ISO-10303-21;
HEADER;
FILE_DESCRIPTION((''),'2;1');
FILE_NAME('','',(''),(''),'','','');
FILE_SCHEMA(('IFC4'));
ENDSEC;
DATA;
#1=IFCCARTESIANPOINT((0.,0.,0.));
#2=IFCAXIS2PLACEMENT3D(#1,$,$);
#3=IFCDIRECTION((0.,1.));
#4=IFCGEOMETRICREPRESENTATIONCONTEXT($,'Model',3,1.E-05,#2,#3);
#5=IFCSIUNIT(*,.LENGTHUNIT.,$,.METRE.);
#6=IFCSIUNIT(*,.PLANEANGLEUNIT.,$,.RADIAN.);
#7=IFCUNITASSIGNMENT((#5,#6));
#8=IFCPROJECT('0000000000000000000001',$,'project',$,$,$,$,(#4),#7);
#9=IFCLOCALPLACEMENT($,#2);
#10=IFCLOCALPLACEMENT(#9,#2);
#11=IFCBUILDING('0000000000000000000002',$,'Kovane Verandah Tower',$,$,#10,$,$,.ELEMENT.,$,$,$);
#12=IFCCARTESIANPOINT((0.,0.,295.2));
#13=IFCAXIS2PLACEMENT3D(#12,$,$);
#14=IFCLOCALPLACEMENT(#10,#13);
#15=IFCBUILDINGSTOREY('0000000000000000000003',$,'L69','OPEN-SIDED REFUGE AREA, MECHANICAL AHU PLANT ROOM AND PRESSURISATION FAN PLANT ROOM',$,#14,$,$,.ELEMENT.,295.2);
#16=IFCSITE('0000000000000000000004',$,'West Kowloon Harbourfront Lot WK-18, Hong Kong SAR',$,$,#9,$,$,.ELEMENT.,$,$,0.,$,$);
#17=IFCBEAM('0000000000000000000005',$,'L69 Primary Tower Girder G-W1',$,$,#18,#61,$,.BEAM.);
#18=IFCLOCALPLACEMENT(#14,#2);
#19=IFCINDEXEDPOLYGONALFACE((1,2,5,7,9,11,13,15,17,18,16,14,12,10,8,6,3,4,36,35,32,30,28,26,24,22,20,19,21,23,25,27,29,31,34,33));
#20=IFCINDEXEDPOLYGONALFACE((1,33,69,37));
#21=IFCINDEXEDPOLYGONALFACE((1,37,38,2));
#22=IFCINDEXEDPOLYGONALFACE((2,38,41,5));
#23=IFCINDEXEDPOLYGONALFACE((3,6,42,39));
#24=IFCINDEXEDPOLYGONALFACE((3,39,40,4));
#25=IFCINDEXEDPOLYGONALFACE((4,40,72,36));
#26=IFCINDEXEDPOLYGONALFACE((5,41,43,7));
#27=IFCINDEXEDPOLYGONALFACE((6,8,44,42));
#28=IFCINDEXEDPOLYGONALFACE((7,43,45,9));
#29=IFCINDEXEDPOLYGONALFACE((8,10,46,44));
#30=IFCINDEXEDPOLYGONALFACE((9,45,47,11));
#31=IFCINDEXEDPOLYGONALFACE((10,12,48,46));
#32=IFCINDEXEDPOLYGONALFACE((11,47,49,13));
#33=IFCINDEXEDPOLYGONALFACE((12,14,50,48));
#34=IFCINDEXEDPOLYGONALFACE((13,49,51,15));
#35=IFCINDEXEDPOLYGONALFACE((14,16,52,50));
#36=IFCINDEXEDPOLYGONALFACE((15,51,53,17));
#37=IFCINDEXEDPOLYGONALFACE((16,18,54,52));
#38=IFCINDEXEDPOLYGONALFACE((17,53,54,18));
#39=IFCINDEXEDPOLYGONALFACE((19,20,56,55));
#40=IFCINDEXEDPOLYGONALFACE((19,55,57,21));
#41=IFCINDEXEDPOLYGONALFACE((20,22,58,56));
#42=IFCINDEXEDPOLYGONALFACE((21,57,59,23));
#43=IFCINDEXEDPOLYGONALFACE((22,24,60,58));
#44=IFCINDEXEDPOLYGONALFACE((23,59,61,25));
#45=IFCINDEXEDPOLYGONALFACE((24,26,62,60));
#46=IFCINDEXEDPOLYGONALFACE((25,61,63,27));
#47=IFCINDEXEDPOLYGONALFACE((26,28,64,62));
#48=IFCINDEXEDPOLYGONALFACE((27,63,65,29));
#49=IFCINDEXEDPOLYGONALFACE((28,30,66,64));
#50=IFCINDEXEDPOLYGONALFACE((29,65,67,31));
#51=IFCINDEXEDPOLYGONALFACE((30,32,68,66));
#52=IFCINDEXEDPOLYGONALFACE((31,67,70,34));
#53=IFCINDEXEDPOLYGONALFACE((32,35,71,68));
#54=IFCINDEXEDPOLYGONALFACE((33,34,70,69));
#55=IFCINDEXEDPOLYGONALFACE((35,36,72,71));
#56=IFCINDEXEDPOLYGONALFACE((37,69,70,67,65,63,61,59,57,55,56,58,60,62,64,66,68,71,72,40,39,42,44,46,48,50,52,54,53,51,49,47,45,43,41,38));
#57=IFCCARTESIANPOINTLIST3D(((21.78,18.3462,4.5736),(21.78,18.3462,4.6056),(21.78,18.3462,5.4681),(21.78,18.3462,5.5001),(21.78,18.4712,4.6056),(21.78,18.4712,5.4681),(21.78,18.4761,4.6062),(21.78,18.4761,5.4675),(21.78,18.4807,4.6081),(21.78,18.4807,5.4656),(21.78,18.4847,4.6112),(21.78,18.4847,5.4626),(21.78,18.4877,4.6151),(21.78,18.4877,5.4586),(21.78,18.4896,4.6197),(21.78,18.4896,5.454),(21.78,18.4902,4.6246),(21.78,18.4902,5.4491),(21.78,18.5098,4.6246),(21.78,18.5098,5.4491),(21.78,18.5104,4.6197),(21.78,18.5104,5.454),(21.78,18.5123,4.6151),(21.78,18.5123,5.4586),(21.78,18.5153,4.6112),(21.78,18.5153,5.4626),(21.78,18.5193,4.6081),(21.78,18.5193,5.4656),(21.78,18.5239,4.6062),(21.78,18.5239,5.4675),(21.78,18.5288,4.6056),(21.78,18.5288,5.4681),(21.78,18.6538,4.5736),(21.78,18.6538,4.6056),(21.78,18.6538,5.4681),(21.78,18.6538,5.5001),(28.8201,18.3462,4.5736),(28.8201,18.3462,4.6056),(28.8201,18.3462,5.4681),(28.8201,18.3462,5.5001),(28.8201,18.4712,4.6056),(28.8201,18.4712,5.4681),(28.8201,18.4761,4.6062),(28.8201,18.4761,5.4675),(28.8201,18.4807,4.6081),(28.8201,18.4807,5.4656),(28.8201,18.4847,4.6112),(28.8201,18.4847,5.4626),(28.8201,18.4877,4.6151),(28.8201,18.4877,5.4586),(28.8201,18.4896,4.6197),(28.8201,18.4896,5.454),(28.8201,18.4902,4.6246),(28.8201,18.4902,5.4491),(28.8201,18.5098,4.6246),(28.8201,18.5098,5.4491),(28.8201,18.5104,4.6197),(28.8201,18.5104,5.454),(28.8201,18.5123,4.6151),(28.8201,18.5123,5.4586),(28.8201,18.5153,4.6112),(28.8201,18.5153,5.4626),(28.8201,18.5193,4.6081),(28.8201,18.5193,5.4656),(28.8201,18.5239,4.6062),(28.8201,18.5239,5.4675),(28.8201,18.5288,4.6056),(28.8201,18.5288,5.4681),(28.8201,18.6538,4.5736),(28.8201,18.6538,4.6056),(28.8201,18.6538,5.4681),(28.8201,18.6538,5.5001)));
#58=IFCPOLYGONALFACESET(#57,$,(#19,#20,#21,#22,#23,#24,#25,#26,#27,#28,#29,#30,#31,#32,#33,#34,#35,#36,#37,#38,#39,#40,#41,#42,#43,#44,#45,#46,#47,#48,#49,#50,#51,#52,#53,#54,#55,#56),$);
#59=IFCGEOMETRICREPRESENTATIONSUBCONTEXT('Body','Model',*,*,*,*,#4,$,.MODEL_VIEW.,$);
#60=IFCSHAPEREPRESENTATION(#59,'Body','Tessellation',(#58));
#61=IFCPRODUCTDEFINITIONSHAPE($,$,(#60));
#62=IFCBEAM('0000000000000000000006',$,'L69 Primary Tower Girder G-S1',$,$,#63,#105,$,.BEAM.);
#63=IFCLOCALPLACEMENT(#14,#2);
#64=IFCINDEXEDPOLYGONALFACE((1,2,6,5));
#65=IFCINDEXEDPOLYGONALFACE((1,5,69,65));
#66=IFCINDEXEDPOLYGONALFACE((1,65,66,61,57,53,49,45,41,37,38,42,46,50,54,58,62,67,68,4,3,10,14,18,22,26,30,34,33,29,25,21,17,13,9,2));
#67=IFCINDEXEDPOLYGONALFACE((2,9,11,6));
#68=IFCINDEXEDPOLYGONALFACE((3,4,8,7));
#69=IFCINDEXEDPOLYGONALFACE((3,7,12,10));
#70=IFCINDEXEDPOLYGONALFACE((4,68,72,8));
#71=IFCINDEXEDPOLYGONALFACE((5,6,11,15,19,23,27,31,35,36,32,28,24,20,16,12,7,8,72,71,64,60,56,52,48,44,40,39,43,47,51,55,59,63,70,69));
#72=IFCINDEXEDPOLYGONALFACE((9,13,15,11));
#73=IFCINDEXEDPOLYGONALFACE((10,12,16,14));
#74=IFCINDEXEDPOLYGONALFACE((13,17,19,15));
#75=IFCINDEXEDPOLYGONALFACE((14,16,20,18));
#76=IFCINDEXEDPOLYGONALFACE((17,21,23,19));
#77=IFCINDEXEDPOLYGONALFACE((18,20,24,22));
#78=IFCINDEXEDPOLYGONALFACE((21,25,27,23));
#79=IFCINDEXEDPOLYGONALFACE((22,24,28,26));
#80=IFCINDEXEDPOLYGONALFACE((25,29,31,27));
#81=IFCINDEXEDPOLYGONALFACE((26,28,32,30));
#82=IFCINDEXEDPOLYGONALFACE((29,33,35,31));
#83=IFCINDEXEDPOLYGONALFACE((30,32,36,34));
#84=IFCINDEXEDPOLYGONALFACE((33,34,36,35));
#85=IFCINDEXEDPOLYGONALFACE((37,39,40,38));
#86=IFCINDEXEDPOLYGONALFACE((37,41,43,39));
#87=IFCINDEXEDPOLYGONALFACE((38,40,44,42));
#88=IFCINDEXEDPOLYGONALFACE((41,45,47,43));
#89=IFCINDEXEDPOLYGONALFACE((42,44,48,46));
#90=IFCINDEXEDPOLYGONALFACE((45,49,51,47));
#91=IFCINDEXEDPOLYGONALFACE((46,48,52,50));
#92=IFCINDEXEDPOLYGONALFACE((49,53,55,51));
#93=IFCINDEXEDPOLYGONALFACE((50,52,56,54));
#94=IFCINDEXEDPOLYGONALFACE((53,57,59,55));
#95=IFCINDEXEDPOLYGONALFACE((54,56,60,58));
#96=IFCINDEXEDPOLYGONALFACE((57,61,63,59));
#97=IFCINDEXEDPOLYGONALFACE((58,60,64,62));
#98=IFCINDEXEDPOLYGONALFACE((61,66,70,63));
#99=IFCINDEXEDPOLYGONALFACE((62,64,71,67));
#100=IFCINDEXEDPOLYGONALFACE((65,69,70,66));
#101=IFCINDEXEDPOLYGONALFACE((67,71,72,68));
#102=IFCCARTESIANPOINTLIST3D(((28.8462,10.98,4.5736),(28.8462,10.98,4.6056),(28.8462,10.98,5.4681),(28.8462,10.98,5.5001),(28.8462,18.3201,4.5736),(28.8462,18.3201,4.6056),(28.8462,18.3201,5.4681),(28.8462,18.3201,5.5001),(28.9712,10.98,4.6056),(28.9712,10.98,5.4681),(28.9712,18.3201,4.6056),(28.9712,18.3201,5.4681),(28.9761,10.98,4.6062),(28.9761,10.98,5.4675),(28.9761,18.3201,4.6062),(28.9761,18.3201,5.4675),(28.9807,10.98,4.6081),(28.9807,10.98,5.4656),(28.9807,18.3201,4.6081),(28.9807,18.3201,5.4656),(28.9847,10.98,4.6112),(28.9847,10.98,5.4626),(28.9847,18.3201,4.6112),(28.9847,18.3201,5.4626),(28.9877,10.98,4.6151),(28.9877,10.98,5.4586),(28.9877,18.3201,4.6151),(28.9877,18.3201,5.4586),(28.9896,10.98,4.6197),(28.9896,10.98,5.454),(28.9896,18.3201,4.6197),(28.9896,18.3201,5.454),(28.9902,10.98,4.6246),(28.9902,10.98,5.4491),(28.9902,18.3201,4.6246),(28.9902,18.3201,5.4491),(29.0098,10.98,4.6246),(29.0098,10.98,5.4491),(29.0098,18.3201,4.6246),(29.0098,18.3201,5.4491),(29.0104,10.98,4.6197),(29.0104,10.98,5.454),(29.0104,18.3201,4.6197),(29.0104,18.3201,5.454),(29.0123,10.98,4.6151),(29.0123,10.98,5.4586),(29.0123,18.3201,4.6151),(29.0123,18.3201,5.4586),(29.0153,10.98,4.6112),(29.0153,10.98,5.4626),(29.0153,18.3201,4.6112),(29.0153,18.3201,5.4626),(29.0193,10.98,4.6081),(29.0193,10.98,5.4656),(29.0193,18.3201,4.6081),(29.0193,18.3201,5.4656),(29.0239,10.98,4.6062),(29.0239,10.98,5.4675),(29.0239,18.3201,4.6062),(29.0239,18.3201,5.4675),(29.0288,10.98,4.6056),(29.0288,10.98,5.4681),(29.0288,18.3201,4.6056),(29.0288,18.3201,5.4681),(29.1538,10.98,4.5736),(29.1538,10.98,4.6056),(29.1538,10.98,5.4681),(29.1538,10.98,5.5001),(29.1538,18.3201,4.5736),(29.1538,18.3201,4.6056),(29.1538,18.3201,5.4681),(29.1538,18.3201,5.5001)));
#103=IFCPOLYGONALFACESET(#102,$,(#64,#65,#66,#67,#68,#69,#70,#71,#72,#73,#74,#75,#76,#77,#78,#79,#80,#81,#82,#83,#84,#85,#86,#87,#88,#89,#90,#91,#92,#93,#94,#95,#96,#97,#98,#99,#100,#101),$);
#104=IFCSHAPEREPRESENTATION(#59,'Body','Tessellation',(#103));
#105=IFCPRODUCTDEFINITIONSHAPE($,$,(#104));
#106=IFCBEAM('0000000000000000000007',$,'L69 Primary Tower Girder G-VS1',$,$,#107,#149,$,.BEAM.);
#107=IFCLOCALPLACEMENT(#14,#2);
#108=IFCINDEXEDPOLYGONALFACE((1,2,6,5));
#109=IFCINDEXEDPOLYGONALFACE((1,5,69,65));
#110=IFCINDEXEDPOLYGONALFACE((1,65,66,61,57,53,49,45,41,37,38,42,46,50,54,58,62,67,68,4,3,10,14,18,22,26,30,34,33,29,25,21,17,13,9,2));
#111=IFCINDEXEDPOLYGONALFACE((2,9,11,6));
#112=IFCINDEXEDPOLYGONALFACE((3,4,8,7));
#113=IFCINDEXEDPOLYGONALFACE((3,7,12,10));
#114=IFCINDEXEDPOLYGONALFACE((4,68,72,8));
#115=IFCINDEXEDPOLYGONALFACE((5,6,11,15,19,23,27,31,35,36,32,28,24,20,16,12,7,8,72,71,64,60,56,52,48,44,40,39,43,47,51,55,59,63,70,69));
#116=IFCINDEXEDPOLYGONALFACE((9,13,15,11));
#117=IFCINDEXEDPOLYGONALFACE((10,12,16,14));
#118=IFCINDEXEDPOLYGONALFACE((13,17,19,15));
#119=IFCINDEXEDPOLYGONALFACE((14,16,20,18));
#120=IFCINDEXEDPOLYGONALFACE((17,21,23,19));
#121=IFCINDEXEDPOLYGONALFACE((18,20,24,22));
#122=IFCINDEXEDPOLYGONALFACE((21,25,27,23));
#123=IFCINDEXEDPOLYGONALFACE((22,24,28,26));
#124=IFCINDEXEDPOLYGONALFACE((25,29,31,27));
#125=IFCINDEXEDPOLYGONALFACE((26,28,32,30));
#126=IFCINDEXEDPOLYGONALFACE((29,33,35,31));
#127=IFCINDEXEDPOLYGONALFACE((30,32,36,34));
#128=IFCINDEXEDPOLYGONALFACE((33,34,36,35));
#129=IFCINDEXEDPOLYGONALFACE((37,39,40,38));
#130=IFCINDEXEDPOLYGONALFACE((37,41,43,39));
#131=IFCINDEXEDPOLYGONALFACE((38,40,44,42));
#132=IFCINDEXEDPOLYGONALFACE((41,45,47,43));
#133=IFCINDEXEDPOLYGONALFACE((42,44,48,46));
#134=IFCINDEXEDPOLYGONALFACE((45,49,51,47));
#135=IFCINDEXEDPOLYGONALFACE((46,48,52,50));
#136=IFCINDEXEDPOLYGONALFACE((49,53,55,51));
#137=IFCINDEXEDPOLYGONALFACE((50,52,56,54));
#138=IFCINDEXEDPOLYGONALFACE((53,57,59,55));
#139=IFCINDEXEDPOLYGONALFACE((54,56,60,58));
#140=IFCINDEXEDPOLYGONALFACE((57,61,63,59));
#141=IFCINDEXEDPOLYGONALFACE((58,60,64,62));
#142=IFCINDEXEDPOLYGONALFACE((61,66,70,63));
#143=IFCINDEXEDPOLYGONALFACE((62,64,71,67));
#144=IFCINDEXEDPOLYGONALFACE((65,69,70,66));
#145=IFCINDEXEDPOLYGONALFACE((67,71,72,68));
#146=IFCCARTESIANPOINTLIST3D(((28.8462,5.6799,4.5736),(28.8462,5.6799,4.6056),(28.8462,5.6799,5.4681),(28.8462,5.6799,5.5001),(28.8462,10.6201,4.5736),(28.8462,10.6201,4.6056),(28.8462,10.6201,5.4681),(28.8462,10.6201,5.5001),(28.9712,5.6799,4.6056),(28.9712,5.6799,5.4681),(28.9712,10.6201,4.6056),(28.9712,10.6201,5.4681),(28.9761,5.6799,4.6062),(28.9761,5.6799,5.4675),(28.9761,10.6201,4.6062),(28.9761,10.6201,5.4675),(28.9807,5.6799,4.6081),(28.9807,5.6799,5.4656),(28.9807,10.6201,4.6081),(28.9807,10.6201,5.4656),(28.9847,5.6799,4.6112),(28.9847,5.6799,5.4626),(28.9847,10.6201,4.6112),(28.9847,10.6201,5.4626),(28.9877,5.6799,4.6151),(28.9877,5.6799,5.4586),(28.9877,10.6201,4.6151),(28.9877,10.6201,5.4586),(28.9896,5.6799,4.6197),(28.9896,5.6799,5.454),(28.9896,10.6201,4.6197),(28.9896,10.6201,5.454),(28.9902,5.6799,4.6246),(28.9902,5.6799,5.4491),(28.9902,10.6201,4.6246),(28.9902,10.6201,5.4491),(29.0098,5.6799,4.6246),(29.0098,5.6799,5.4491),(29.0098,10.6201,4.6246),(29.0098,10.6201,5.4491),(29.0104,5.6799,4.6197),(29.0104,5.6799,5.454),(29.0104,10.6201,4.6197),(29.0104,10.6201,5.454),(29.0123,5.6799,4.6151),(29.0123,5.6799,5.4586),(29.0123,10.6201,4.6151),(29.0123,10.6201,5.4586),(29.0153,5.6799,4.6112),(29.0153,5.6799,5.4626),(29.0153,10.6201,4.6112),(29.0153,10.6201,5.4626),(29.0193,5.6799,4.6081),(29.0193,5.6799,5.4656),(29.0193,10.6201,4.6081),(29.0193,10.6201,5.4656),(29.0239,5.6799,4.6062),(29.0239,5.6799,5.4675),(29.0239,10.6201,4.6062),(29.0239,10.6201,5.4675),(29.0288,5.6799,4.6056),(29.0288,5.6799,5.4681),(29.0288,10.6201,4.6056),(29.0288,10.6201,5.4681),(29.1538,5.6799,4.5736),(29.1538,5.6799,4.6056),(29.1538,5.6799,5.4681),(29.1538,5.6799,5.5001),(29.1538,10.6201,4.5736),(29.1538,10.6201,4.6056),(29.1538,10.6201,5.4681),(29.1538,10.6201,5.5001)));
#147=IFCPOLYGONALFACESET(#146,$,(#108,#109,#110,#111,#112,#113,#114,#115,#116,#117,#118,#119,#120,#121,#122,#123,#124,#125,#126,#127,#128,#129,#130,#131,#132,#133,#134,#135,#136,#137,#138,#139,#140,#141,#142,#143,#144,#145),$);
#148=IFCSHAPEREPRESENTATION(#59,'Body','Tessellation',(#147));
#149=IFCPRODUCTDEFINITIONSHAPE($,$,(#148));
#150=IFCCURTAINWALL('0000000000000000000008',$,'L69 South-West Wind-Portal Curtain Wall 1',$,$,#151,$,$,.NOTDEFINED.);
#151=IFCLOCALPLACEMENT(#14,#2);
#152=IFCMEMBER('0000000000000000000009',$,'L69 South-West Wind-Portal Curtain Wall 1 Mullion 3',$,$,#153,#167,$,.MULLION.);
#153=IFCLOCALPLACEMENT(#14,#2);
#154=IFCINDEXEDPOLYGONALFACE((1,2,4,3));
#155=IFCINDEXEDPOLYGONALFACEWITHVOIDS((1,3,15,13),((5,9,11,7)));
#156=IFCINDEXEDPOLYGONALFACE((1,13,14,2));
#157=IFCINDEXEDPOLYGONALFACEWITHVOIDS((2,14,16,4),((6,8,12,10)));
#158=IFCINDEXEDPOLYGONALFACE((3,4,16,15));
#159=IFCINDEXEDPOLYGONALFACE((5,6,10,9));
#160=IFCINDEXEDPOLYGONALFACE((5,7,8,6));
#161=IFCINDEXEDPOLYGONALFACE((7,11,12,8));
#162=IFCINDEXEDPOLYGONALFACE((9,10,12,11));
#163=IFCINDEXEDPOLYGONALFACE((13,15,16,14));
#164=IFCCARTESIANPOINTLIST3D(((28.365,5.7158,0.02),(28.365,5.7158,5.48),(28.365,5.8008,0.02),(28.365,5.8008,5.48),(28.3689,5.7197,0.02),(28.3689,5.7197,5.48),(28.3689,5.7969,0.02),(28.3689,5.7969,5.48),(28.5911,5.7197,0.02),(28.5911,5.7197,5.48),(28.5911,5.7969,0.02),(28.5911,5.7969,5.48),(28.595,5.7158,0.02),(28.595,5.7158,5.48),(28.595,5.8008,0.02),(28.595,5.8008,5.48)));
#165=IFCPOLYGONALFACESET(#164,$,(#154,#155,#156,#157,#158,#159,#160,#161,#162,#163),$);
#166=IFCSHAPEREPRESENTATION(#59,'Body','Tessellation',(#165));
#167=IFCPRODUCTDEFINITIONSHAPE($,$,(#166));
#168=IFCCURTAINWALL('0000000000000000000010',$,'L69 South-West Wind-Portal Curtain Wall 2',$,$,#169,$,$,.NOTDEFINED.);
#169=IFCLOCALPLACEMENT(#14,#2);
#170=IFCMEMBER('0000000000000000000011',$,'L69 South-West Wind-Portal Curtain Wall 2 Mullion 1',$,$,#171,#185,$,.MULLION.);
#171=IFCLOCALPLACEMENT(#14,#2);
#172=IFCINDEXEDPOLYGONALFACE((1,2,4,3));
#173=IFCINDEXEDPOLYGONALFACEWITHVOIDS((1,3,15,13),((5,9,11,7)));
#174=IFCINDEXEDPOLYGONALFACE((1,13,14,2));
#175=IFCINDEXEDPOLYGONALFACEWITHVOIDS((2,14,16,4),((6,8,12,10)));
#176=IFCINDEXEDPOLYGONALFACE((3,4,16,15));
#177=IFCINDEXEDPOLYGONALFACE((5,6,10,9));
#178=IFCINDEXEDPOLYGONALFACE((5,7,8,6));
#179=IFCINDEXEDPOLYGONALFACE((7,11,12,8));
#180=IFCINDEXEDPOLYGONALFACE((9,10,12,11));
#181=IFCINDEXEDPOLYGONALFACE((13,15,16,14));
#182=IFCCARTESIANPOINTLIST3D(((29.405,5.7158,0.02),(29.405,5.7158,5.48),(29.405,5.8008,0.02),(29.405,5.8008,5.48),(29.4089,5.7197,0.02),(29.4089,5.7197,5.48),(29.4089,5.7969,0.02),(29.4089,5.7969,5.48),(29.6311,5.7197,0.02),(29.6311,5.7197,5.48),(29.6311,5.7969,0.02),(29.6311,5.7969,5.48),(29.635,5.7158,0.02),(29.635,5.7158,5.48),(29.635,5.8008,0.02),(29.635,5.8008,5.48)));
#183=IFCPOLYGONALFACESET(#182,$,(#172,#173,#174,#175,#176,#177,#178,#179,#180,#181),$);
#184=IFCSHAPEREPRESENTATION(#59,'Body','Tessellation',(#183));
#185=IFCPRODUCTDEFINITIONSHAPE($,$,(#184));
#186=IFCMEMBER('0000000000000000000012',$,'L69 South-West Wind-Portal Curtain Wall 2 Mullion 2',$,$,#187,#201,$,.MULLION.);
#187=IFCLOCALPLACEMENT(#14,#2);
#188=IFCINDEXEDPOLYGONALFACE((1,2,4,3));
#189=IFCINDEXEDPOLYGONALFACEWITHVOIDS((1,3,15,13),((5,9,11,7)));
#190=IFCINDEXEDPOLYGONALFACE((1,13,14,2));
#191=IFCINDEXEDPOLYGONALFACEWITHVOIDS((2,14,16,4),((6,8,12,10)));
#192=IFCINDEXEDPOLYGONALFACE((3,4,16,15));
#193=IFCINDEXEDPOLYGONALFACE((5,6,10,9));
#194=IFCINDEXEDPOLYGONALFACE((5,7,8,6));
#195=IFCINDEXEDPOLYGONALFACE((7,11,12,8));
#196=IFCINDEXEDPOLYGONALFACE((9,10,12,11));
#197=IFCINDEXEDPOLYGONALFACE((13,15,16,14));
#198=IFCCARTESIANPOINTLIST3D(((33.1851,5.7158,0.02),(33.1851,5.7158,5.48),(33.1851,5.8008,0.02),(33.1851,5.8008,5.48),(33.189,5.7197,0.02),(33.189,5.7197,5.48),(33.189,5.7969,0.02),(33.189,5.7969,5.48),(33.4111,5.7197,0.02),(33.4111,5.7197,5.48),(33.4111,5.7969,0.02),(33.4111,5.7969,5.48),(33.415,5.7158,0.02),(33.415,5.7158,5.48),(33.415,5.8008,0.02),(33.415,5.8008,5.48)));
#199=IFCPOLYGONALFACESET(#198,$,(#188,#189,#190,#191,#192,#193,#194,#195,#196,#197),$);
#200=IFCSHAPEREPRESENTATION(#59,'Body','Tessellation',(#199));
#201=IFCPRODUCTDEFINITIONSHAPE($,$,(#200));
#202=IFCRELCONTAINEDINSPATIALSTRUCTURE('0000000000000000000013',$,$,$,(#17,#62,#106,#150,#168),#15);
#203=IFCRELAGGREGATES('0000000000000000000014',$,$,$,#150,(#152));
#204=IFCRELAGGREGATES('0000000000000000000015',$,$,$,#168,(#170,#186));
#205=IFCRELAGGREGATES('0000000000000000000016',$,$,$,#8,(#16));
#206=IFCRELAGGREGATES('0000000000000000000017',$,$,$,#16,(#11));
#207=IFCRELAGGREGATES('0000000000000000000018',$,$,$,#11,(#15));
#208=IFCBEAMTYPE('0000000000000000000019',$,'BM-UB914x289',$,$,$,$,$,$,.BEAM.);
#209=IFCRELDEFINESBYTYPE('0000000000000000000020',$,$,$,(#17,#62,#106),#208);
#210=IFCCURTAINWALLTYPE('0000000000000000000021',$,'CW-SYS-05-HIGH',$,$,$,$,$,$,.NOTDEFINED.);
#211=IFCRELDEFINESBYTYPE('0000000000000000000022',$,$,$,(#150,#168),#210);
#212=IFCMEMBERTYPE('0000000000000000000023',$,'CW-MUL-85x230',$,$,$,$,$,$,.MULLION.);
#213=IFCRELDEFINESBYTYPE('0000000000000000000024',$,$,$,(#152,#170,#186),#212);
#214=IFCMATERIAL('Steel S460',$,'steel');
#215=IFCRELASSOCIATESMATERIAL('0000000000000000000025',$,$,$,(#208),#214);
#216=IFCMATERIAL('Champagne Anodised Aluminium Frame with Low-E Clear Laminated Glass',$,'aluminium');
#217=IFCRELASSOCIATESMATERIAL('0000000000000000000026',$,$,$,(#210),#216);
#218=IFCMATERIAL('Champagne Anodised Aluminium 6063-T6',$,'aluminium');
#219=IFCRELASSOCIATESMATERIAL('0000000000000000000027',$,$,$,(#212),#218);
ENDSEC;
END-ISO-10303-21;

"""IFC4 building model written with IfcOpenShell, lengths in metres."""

from ifc_helpers import new_model, si_unit, direction, frame, origin, origin_2d, place, context, subcontext, project, spatial, hollow_rectangle, i_section, extrude, material, material_profile, profile_set, type_object, element, aggregate, save


model = new_model("IFC4")

# Units and contexts
model_context = context("Model", 3, precision=1e-05, world=origin(), true_north=direction((0.0, 1.0)))
body_context = subcontext(model_context, "Body", "Model", "MODEL_VIEW")
ifc_project = project(units=[si_unit("LENGTHUNIT", "METRE"), si_unit("PLANEANGLEUNIT", "RADIAN")], contexts=[model_context])

# Site, building, storey
site_placement = place(None, origin())
site = spatial("IfcSite", under=ifc_project, at=site_placement, Name="West Kowloon Harbourfront Lot WK-18, Hong Kong SAR", CompositionType="ELEMENT", RefElevation=0.0)
building_placement = place(site_placement, origin())
building = spatial("IfcBuilding", under=site, at=building_placement, Name="Kovane Verandah Tower", CompositionType="ELEMENT")
storey_placement = place(building_placement, frame((0.0, 0.0, 295.2)))
storey = spatial("IfcBuildingStorey", under=building, at=storey_placement, Name="L69", Description="OPEN-SIDED REFUGE AREA, MECHANICAL AHU PLANT ROOM AND PRESSURISATION FAN PLANT ROOM", CompositionType="ELEMENT", Elevation=295.2)

# Shared definitions
ifc_material_1 = material(Name="Steel S460", Category="steel")

# Beams
ifc_material_profile_1 = material_profile(ifc_material_1, i_section(OverallWidth=0.3076, OverallDepth=0.9265, WebThickness=0.0195, FlangeThickness=0.032, FilletRadius=0.019, at=origin_2d()), Name="UB914x305x289")
ifc_profile_set_1 = profile_set([ifc_material_profile_1], Name="Steel S460")
beam_type_1 = type_object("IfcBeamType", Name="BM-UB914x289", PredefinedType="BEAM", material=ifc_profile_set_1)
beam_1_placement = place(storey_placement, frame((28.8201, 18.5, 5.0369), z_axis=(-1.0, 0.0, 0.0), x_axis=(0.0, -1.0, 0.0)))
element("IfcBeam", 1, at=beam_1_placement, inside=storey, type_object=beam_type_1, Name="L69 Primary Tower Girder G-W1", PredefinedType="BEAM", context=body_context, shape_type="SweptSolid", body=[
    extrude(i_section(OverallWidth=0.3076, OverallDepth=0.9265, WebThickness=0.0195, FlangeThickness=0.032, FilletRadius=0.019, at=origin_2d()), origin(), (0.0, 0.0, 1.0), 7.04),
])
beam_2_placement = place(storey_placement, frame((29.0, 18.3201, 5.0369), z_axis=(0.0, -1.0, 0.0), x_axis=(1.0, 0.0, 0.0)))
element("IfcBeam", 2, at=beam_2_placement, inside=storey, type_object=beam_type_1, Name="L69 Primary Tower Girder G-S1", PredefinedType="BEAM", context=body_context, shape_type="SweptSolid", body=[
    extrude(i_section(OverallWidth=0.3076, OverallDepth=0.9265, WebThickness=0.0195, FlangeThickness=0.032, FilletRadius=0.019, at=origin_2d()), origin(), (0.0, 0.0, 1.0), 7.3401),
])
beam_3_placement = place(storey_placement, frame((29.0, 10.6201, 5.0369), z_axis=(0.0, -1.0, 0.0), x_axis=(1.0, 0.0, 0.0)))
element("IfcBeam", 3, at=beam_3_placement, inside=storey, type_object=beam_type_1, Name="L69 Primary Tower Girder G-VS1", PredefinedType="BEAM", context=body_context, shape_type="SweptSolid", body=[
    extrude(i_section(OverallWidth=0.3076, OverallDepth=0.9265, WebThickness=0.0195, FlangeThickness=0.032, FilletRadius=0.019, at=origin_2d()), origin(), (0.0, 0.0, 1.0), 4.9402),
])

# Curtain wall, member
ifc_material_2 = material(Name="Champagne Anodised Aluminium Frame with Low-E Clear Laminated Glass", Category="aluminium")
curtain_wall_type = type_object("IfcCurtainWallType", Name="CW-SYS-05-HIGH", PredefinedType="NOTDEFINED", material=ifc_material_2)
curtain_wall_1_placement = place(storey_placement, origin())
curtain_wall_1 = element("IfcCurtainWall", 4, at=curtain_wall_1_placement, inside=storey, type_object=curtain_wall_type, Name="L69 South-West Wind-Portal Curtain Wall 1", PredefinedType="NOTDEFINED")
ifc_material_3 = material(Name="Champagne Anodised Aluminium 6063-T6", Category="aluminium")
ifc_material_profile_2 = material_profile(ifc_material_3, hollow_rectangle(XDim=0.085, YDim=0.23, WallThickness=0.0039, at=origin_2d()), Name="AL85x230x4")
ifc_profile_set_2 = profile_set([ifc_material_profile_2], Name="Champagne Anodised Aluminium 6063-T6")
member_type_1 = type_object("IfcMemberType", Name="CW-MUL-85x230", PredefinedType="MULLION", material=ifc_profile_set_2)
member_1_placement = place(storey_placement, frame((28.48, 5.7583, 0.02), z_axis=(0.0, 0.0, 1.0), x_axis=(0.0, -1.0, 0.0)))
member_1 = element("IfcMember", 5, at=member_1_placement, type_object=member_type_1, Name="L69 South-West Wind-Portal Curtain Wall 1 Mullion 3", PredefinedType="MULLION", context=body_context, shape_type="SweptSolid", body=[
    extrude(hollow_rectangle(XDim=0.085, YDim=0.23, WallThickness=0.0039, at=origin_2d()), origin(), (0.0, 0.0, 1.0), 5.46),
])

# Curtain wall, members
curtain_wall_2_placement = place(storey_placement, origin())
curtain_wall_2 = element("IfcCurtainWall", 6, at=curtain_wall_2_placement, inside=storey, type_object=curtain_wall_type, Name="L69 South-West Wind-Portal Curtain Wall 2", PredefinedType="NOTDEFINED")
member_2_placement = place(storey_placement, frame((29.52, 5.7583, 0.02), z_axis=(0.0, 0.0, 1.0), x_axis=(0.0, -1.0, 0.0)))
member_2 = element("IfcMember", 7, at=member_2_placement, type_object=member_type_1, Name="L69 South-West Wind-Portal Curtain Wall 2 Mullion 1", PredefinedType="MULLION", context=body_context, shape_type="SweptSolid", body=[
    extrude(hollow_rectangle(XDim=0.085, YDim=0.23, WallThickness=0.0039, at=origin_2d()), origin(), (0.0, 0.0, 1.0), 5.46),
])
member_3_placement = place(storey_placement, frame((33.3, 5.7583, 0.02), z_axis=(0.0, 0.0, 1.0), x_axis=(0.0, -1.0, 0.0)))
member_3 = element("IfcMember", 8, at=member_3_placement, type_object=member_type_1, Name="L69 South-West Wind-Portal Curtain Wall 2 Mullion 2", PredefinedType="MULLION", context=body_context, shape_type="SweptSolid", body=[
    extrude(hollow_rectangle(XDim=0.085, YDim=0.23, WallThickness=0.0039, at=origin_2d()), origin(), (0.0, 0.0, 1.0), 5.46),
])

aggregate(curtain_wall_1, [member_1])
aggregate(curtain_wall_2, [member_2, member_3])

save(model, "model.ifc")
